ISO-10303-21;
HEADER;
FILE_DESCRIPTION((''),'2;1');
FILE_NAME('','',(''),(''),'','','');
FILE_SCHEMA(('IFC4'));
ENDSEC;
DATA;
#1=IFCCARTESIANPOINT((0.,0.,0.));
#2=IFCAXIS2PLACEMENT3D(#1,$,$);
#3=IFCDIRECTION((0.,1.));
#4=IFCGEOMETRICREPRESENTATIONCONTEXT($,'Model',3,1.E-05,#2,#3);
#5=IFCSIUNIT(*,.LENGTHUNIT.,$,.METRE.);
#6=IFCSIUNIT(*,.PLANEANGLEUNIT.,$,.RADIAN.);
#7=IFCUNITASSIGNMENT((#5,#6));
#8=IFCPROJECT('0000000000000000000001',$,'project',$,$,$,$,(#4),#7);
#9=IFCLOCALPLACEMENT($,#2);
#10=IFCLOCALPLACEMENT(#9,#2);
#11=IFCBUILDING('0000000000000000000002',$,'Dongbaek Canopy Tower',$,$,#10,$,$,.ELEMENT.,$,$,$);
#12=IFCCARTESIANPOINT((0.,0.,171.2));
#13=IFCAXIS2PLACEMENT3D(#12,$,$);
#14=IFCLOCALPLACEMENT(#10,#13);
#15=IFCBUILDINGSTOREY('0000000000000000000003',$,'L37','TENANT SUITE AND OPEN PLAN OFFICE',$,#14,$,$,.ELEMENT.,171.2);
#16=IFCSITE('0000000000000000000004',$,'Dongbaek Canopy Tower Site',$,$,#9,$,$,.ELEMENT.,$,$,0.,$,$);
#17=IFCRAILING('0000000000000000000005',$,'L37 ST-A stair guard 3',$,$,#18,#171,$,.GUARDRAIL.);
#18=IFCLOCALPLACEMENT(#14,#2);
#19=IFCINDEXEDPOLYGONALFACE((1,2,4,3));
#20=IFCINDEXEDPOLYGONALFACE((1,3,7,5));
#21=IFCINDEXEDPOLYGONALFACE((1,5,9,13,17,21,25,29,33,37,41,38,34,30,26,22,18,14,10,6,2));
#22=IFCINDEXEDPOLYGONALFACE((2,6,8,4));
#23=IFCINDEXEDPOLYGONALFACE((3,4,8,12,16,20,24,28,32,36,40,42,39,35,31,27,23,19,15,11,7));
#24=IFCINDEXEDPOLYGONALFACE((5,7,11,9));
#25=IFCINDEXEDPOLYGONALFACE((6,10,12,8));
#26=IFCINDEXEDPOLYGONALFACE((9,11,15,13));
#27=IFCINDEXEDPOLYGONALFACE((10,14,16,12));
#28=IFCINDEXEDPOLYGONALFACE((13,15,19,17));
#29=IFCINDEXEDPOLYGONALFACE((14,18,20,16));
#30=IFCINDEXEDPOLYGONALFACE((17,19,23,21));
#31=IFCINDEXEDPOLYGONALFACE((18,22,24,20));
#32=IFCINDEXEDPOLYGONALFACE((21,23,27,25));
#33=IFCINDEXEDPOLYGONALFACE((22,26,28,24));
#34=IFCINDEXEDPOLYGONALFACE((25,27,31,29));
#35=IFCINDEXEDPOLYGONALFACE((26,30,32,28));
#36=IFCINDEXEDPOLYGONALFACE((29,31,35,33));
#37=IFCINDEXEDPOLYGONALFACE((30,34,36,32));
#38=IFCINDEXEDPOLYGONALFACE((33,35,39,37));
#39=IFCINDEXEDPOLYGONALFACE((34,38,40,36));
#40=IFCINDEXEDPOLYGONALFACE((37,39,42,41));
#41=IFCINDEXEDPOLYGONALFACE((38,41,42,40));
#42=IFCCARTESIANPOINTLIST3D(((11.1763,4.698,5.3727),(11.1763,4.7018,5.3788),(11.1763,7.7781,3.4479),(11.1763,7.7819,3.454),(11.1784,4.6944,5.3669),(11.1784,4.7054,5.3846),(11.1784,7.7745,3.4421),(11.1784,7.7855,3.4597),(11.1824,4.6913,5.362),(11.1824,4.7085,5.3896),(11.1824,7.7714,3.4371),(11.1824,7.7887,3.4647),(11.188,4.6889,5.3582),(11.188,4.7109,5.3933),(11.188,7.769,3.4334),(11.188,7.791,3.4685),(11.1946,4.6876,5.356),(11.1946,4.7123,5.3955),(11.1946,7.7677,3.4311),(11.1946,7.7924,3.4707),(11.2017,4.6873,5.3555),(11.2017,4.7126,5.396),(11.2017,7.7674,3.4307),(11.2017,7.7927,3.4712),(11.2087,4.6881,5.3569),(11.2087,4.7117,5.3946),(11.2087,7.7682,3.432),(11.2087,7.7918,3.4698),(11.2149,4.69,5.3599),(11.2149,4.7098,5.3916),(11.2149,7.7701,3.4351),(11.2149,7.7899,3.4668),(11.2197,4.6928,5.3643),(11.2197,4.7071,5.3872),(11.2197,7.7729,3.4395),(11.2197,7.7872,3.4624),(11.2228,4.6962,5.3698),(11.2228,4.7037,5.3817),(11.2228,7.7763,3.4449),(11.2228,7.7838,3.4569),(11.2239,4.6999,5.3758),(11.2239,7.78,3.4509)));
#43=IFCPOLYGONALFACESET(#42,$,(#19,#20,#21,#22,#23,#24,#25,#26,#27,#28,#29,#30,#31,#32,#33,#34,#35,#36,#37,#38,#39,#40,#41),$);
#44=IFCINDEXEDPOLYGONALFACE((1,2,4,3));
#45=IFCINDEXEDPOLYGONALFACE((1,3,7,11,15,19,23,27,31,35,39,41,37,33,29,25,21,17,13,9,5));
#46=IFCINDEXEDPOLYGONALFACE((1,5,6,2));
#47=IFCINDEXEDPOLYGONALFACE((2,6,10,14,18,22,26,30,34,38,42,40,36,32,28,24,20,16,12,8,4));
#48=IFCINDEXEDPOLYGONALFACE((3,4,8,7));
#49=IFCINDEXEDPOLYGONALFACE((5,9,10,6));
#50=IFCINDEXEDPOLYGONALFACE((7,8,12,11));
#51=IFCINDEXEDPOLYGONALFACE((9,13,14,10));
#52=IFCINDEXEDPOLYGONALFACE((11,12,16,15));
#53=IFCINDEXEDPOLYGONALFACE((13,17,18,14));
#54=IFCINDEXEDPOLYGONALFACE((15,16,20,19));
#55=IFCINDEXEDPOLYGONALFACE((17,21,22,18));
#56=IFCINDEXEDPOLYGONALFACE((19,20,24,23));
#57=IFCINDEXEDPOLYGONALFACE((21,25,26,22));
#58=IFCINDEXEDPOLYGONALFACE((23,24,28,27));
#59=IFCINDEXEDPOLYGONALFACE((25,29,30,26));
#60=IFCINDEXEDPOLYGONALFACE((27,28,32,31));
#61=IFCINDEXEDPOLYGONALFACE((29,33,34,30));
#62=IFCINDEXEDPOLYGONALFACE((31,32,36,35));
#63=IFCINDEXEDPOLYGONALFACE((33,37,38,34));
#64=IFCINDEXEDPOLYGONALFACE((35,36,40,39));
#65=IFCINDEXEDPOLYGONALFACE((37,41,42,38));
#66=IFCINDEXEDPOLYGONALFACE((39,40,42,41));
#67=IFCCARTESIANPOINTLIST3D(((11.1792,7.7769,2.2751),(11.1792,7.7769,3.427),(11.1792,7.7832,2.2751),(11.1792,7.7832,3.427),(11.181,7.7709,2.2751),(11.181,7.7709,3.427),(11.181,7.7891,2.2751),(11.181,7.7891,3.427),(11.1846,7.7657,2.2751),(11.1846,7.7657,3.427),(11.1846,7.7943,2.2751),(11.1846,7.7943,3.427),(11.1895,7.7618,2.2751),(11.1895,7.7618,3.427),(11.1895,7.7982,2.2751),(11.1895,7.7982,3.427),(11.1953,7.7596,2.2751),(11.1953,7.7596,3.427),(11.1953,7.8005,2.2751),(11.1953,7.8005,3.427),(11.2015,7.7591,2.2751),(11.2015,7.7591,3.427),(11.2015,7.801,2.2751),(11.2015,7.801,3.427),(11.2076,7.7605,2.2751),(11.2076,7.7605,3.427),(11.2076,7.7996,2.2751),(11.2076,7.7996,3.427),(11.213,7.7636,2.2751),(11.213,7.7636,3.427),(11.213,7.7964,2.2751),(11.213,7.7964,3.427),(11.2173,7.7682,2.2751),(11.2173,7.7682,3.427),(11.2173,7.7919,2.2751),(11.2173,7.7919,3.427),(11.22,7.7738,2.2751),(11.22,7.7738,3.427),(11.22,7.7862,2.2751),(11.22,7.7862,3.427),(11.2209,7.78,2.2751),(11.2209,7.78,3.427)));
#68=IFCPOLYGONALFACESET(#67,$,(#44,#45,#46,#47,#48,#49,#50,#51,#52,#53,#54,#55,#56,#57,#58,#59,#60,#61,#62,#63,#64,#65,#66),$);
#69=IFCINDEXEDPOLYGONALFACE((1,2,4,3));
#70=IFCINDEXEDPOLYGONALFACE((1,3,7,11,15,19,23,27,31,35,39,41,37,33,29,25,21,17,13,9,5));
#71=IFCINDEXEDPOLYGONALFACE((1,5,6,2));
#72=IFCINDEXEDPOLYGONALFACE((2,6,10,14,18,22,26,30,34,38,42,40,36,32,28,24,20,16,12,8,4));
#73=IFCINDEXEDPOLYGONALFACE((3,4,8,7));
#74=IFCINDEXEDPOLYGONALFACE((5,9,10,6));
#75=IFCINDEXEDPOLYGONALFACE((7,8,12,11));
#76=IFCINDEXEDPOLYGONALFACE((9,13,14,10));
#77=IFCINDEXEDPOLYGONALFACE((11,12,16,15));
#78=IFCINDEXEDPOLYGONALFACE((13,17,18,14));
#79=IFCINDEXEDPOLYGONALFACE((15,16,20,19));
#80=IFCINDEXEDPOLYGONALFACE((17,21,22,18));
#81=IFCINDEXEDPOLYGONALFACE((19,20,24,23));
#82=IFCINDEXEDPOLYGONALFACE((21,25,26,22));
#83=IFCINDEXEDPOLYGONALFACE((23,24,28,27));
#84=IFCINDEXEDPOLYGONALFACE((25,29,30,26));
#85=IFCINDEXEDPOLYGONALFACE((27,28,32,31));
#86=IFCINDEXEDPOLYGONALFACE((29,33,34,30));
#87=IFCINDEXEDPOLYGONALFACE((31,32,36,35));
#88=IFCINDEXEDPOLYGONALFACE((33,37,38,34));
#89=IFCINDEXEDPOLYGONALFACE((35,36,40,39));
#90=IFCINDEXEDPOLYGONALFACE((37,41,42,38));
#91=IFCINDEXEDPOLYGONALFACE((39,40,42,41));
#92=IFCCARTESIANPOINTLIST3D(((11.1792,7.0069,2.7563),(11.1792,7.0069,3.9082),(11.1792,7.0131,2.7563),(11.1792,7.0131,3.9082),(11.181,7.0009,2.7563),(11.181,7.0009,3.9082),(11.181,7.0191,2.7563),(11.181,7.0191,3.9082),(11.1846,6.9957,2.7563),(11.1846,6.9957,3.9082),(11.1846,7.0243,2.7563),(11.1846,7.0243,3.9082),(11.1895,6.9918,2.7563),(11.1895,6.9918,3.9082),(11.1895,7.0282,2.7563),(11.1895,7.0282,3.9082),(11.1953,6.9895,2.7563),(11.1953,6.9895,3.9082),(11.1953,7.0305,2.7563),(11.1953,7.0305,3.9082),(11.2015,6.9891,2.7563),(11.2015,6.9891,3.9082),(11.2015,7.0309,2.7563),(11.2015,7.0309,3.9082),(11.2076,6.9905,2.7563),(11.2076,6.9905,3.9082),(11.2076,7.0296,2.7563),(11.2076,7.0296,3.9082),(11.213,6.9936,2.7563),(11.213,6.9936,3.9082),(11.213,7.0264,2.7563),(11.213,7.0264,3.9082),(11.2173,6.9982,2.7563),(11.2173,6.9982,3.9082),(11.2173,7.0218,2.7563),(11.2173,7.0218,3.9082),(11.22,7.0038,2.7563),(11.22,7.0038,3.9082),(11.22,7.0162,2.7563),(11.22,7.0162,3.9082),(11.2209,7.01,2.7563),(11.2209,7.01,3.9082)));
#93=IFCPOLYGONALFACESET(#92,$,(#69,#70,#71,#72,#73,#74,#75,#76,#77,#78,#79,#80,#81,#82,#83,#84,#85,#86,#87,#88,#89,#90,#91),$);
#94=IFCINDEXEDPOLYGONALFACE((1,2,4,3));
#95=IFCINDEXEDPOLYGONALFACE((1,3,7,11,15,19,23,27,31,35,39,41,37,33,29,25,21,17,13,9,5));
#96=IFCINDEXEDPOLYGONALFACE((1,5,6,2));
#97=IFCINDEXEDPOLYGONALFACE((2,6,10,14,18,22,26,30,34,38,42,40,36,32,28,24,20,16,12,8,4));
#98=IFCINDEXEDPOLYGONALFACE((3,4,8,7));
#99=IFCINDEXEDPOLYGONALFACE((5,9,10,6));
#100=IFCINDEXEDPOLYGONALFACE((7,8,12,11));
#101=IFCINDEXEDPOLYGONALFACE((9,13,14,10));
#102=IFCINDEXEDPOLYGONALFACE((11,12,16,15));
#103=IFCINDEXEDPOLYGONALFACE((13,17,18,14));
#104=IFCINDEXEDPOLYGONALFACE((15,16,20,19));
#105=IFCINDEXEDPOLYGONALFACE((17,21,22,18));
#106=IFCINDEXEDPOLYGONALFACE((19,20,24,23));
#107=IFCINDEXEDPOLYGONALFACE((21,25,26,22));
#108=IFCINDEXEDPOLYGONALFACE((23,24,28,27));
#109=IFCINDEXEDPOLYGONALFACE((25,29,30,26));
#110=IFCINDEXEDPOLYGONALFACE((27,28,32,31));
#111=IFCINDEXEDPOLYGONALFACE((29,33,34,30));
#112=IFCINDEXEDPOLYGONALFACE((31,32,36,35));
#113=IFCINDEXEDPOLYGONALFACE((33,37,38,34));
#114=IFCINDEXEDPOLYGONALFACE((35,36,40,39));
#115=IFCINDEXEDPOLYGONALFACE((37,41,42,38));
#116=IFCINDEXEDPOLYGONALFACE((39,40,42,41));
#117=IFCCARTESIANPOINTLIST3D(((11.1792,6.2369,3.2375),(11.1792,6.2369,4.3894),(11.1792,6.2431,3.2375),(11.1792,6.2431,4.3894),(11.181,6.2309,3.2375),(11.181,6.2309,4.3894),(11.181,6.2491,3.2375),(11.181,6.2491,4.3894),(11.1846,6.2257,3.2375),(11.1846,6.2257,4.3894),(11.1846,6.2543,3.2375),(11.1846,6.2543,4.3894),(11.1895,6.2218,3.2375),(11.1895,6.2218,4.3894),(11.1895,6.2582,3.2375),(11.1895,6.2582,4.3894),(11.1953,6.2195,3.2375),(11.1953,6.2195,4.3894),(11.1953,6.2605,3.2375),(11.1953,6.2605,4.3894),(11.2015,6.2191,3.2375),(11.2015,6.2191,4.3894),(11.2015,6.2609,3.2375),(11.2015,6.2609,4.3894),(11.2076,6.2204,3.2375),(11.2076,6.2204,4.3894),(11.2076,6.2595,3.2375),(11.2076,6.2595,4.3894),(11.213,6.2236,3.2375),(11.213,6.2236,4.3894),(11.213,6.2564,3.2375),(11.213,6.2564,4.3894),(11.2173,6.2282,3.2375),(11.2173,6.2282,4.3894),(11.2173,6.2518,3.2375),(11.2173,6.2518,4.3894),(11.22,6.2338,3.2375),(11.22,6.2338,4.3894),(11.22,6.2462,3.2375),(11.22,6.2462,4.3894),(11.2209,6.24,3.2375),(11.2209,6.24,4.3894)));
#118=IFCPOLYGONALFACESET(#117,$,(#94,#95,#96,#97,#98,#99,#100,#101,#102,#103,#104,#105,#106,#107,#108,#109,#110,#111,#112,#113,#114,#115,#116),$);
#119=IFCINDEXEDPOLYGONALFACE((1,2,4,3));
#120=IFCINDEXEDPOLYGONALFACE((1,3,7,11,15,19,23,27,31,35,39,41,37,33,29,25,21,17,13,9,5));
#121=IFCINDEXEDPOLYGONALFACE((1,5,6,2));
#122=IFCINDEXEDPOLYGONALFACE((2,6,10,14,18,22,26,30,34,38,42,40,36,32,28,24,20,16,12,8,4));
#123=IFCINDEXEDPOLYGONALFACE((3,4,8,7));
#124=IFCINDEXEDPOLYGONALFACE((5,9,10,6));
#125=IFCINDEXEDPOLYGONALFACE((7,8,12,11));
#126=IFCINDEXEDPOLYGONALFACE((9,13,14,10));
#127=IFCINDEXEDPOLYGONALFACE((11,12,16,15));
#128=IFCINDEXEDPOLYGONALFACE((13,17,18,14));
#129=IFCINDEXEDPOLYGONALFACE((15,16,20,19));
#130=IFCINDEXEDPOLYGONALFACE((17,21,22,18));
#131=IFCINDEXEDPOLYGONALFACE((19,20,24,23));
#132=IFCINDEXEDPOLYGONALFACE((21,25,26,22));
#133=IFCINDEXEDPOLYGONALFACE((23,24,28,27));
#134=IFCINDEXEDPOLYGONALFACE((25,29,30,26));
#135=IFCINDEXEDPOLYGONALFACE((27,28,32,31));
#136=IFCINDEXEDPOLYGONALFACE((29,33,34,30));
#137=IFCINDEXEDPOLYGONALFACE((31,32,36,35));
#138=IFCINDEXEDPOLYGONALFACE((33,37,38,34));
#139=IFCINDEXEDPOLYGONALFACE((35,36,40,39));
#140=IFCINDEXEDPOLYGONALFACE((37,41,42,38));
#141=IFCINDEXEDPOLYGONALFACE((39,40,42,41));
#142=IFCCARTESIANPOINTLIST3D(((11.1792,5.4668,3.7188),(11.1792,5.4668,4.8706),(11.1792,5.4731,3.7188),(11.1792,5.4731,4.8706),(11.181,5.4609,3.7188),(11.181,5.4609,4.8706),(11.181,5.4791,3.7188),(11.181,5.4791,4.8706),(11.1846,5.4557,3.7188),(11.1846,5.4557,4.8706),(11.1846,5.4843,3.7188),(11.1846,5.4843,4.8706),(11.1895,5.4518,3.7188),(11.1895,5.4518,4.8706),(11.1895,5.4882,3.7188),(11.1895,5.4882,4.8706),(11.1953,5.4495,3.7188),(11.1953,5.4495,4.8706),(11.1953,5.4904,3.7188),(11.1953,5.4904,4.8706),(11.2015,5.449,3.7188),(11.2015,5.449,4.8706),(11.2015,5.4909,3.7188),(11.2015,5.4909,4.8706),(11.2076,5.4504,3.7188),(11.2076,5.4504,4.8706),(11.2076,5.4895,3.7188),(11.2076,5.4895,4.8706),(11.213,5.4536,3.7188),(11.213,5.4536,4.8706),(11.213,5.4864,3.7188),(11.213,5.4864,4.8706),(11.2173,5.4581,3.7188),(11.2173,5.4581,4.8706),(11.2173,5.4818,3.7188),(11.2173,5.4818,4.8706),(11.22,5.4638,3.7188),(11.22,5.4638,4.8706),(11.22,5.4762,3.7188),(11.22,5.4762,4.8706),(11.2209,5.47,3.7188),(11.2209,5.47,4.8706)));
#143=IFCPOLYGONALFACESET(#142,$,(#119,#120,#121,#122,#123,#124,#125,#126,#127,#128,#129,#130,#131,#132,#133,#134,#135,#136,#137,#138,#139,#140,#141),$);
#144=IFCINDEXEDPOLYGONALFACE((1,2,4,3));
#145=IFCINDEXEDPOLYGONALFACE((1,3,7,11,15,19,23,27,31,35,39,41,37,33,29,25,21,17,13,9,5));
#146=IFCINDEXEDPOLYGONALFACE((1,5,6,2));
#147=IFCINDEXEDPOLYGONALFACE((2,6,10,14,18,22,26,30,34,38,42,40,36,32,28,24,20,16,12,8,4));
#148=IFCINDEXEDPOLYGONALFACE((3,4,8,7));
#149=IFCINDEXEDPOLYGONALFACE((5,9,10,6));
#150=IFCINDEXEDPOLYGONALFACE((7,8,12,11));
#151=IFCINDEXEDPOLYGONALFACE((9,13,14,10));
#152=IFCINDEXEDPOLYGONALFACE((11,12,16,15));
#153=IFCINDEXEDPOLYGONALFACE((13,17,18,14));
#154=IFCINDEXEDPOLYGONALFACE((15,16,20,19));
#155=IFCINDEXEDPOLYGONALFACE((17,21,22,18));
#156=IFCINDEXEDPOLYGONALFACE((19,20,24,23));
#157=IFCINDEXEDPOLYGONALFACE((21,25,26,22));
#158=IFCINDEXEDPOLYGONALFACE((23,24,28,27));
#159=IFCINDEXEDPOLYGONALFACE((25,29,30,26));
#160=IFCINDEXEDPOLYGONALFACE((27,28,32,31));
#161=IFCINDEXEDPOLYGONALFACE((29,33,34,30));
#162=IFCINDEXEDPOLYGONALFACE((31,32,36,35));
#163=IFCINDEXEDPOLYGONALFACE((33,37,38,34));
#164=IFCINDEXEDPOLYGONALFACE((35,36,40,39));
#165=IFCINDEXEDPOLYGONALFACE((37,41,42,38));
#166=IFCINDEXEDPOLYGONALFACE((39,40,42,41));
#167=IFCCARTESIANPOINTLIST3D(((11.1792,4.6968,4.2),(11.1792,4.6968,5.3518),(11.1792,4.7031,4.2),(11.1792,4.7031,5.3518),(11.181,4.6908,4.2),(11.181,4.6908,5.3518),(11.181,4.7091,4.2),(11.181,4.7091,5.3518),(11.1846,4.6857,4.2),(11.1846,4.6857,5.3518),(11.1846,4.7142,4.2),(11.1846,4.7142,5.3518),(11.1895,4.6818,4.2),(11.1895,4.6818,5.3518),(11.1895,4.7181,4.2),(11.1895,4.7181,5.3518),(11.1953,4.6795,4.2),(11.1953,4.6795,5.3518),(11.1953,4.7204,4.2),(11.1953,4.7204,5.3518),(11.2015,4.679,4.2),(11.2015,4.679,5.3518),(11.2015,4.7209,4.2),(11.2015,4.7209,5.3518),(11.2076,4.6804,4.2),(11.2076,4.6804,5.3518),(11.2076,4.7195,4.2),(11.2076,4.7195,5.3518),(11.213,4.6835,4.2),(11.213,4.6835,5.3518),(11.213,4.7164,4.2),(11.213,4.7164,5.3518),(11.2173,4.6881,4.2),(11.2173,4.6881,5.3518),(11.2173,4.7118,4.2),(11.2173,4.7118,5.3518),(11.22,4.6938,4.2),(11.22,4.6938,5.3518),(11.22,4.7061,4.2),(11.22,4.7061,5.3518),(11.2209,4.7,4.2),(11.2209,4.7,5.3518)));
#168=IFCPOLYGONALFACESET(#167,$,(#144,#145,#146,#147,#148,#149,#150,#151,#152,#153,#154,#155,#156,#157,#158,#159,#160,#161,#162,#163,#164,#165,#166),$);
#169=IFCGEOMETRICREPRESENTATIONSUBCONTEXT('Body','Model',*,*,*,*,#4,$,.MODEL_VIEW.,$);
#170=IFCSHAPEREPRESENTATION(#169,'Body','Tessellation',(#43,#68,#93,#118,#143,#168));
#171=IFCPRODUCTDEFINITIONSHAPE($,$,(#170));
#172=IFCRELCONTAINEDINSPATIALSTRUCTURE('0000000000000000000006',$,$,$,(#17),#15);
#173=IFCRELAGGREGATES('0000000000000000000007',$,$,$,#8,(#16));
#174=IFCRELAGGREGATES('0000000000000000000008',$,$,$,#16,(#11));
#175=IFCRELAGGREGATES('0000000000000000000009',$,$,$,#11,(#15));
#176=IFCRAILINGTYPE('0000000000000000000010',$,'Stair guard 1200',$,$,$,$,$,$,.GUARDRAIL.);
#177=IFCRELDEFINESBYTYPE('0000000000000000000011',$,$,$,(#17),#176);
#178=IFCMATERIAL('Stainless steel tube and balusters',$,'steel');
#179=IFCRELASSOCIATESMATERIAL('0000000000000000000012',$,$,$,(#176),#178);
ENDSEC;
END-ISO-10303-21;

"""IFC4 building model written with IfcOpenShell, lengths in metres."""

from ifc_helpers import new_model, si_unit, direction, frame, origin, origin_2d, place, context, subcontext, project, spatial, circle, extrude, material, type_object, element, save


model = new_model("IFC4")

# Units and contexts
model_context = context("Model", 3, precision=1e-05, world=origin(), true_north=direction((0.0, 1.0)))
body_context = subcontext(model_context, "Body", "Model", "MODEL_VIEW")
ifc_project = project(units=[si_unit("LENGTHUNIT", "METRE"), si_unit("PLANEANGLEUNIT", "RADIAN")], contexts=[model_context])

# Site, building, storey
site_placement = place(None, origin())
site = spatial("IfcSite", under=ifc_project, at=site_placement, Name="Dongbaek Canopy Tower Site", CompositionType="ELEMENT", RefElevation=0.0)
building_placement = place(site_placement, origin())
building = spatial("IfcBuilding", under=site, at=building_placement, Name="Dongbaek Canopy Tower", CompositionType="ELEMENT")
storey_placement = place(building_placement, frame((0.0, 0.0, 171.2)))
storey = spatial("IfcBuildingStorey", under=building, at=storey_placement, Name="L37", Description="TENANT SUITE AND OPEN PLAN OFFICE", CompositionType="ELEMENT", Elevation=171.2)

# Railing
ifc_material_1 = material(Name="Stainless steel tube and balusters", Category="steel")
railing_type = type_object("IfcRailingType", Name="Stair guard 1200", PredefinedType="GUARDRAIL", material=ifc_material_1)
railing_1_placement = place(storey_placement, frame((11.2, 7.78, 2.2751)))
element("IfcRailing", 1, at=railing_1_placement, inside=storey, type_object=railing_type, Name="L37 ST-A stair guard 3", PredefinedType="GUARDRAIL", context=body_context, shape_type="SweptSolid", body=[
    extrude(circle(Radius=0.0239, at=origin_2d()), frame((0.0, 0.0, 1.1758), z_axis=(0.0, -0.848029, 0.529951), x_axis=(1.0, 0.0, 0.0)), (0.0, 0.0, 1.0), 3.6321),
    extrude(circle(Radius=0.021, at=origin_2d()), origin(), (0.0, 0.0, 1.0), 1.1519),
    extrude(circle(Radius=0.021, at=origin_2d()), frame((0.0, -0.77, 0.4812)), (0.0, 0.0, 1.0), 1.1519),
    extrude(circle(Radius=0.021, at=origin_2d()), frame((0.0, -1.54, 0.9624)), (0.0, 0.0, 1.0), 1.1519),
    extrude(circle(Radius=0.021, at=origin_2d()), frame((0.0, -2.3101, 1.4436)), (0.0, 0.0, 1.0), 1.1519),
    extrude(circle(Radius=0.021, at=origin_2d()), frame((0.0, -3.0801, 1.9248)), (0.0, 0.0, 1.0), 1.1519),
])

save(model, "model.ifc")
